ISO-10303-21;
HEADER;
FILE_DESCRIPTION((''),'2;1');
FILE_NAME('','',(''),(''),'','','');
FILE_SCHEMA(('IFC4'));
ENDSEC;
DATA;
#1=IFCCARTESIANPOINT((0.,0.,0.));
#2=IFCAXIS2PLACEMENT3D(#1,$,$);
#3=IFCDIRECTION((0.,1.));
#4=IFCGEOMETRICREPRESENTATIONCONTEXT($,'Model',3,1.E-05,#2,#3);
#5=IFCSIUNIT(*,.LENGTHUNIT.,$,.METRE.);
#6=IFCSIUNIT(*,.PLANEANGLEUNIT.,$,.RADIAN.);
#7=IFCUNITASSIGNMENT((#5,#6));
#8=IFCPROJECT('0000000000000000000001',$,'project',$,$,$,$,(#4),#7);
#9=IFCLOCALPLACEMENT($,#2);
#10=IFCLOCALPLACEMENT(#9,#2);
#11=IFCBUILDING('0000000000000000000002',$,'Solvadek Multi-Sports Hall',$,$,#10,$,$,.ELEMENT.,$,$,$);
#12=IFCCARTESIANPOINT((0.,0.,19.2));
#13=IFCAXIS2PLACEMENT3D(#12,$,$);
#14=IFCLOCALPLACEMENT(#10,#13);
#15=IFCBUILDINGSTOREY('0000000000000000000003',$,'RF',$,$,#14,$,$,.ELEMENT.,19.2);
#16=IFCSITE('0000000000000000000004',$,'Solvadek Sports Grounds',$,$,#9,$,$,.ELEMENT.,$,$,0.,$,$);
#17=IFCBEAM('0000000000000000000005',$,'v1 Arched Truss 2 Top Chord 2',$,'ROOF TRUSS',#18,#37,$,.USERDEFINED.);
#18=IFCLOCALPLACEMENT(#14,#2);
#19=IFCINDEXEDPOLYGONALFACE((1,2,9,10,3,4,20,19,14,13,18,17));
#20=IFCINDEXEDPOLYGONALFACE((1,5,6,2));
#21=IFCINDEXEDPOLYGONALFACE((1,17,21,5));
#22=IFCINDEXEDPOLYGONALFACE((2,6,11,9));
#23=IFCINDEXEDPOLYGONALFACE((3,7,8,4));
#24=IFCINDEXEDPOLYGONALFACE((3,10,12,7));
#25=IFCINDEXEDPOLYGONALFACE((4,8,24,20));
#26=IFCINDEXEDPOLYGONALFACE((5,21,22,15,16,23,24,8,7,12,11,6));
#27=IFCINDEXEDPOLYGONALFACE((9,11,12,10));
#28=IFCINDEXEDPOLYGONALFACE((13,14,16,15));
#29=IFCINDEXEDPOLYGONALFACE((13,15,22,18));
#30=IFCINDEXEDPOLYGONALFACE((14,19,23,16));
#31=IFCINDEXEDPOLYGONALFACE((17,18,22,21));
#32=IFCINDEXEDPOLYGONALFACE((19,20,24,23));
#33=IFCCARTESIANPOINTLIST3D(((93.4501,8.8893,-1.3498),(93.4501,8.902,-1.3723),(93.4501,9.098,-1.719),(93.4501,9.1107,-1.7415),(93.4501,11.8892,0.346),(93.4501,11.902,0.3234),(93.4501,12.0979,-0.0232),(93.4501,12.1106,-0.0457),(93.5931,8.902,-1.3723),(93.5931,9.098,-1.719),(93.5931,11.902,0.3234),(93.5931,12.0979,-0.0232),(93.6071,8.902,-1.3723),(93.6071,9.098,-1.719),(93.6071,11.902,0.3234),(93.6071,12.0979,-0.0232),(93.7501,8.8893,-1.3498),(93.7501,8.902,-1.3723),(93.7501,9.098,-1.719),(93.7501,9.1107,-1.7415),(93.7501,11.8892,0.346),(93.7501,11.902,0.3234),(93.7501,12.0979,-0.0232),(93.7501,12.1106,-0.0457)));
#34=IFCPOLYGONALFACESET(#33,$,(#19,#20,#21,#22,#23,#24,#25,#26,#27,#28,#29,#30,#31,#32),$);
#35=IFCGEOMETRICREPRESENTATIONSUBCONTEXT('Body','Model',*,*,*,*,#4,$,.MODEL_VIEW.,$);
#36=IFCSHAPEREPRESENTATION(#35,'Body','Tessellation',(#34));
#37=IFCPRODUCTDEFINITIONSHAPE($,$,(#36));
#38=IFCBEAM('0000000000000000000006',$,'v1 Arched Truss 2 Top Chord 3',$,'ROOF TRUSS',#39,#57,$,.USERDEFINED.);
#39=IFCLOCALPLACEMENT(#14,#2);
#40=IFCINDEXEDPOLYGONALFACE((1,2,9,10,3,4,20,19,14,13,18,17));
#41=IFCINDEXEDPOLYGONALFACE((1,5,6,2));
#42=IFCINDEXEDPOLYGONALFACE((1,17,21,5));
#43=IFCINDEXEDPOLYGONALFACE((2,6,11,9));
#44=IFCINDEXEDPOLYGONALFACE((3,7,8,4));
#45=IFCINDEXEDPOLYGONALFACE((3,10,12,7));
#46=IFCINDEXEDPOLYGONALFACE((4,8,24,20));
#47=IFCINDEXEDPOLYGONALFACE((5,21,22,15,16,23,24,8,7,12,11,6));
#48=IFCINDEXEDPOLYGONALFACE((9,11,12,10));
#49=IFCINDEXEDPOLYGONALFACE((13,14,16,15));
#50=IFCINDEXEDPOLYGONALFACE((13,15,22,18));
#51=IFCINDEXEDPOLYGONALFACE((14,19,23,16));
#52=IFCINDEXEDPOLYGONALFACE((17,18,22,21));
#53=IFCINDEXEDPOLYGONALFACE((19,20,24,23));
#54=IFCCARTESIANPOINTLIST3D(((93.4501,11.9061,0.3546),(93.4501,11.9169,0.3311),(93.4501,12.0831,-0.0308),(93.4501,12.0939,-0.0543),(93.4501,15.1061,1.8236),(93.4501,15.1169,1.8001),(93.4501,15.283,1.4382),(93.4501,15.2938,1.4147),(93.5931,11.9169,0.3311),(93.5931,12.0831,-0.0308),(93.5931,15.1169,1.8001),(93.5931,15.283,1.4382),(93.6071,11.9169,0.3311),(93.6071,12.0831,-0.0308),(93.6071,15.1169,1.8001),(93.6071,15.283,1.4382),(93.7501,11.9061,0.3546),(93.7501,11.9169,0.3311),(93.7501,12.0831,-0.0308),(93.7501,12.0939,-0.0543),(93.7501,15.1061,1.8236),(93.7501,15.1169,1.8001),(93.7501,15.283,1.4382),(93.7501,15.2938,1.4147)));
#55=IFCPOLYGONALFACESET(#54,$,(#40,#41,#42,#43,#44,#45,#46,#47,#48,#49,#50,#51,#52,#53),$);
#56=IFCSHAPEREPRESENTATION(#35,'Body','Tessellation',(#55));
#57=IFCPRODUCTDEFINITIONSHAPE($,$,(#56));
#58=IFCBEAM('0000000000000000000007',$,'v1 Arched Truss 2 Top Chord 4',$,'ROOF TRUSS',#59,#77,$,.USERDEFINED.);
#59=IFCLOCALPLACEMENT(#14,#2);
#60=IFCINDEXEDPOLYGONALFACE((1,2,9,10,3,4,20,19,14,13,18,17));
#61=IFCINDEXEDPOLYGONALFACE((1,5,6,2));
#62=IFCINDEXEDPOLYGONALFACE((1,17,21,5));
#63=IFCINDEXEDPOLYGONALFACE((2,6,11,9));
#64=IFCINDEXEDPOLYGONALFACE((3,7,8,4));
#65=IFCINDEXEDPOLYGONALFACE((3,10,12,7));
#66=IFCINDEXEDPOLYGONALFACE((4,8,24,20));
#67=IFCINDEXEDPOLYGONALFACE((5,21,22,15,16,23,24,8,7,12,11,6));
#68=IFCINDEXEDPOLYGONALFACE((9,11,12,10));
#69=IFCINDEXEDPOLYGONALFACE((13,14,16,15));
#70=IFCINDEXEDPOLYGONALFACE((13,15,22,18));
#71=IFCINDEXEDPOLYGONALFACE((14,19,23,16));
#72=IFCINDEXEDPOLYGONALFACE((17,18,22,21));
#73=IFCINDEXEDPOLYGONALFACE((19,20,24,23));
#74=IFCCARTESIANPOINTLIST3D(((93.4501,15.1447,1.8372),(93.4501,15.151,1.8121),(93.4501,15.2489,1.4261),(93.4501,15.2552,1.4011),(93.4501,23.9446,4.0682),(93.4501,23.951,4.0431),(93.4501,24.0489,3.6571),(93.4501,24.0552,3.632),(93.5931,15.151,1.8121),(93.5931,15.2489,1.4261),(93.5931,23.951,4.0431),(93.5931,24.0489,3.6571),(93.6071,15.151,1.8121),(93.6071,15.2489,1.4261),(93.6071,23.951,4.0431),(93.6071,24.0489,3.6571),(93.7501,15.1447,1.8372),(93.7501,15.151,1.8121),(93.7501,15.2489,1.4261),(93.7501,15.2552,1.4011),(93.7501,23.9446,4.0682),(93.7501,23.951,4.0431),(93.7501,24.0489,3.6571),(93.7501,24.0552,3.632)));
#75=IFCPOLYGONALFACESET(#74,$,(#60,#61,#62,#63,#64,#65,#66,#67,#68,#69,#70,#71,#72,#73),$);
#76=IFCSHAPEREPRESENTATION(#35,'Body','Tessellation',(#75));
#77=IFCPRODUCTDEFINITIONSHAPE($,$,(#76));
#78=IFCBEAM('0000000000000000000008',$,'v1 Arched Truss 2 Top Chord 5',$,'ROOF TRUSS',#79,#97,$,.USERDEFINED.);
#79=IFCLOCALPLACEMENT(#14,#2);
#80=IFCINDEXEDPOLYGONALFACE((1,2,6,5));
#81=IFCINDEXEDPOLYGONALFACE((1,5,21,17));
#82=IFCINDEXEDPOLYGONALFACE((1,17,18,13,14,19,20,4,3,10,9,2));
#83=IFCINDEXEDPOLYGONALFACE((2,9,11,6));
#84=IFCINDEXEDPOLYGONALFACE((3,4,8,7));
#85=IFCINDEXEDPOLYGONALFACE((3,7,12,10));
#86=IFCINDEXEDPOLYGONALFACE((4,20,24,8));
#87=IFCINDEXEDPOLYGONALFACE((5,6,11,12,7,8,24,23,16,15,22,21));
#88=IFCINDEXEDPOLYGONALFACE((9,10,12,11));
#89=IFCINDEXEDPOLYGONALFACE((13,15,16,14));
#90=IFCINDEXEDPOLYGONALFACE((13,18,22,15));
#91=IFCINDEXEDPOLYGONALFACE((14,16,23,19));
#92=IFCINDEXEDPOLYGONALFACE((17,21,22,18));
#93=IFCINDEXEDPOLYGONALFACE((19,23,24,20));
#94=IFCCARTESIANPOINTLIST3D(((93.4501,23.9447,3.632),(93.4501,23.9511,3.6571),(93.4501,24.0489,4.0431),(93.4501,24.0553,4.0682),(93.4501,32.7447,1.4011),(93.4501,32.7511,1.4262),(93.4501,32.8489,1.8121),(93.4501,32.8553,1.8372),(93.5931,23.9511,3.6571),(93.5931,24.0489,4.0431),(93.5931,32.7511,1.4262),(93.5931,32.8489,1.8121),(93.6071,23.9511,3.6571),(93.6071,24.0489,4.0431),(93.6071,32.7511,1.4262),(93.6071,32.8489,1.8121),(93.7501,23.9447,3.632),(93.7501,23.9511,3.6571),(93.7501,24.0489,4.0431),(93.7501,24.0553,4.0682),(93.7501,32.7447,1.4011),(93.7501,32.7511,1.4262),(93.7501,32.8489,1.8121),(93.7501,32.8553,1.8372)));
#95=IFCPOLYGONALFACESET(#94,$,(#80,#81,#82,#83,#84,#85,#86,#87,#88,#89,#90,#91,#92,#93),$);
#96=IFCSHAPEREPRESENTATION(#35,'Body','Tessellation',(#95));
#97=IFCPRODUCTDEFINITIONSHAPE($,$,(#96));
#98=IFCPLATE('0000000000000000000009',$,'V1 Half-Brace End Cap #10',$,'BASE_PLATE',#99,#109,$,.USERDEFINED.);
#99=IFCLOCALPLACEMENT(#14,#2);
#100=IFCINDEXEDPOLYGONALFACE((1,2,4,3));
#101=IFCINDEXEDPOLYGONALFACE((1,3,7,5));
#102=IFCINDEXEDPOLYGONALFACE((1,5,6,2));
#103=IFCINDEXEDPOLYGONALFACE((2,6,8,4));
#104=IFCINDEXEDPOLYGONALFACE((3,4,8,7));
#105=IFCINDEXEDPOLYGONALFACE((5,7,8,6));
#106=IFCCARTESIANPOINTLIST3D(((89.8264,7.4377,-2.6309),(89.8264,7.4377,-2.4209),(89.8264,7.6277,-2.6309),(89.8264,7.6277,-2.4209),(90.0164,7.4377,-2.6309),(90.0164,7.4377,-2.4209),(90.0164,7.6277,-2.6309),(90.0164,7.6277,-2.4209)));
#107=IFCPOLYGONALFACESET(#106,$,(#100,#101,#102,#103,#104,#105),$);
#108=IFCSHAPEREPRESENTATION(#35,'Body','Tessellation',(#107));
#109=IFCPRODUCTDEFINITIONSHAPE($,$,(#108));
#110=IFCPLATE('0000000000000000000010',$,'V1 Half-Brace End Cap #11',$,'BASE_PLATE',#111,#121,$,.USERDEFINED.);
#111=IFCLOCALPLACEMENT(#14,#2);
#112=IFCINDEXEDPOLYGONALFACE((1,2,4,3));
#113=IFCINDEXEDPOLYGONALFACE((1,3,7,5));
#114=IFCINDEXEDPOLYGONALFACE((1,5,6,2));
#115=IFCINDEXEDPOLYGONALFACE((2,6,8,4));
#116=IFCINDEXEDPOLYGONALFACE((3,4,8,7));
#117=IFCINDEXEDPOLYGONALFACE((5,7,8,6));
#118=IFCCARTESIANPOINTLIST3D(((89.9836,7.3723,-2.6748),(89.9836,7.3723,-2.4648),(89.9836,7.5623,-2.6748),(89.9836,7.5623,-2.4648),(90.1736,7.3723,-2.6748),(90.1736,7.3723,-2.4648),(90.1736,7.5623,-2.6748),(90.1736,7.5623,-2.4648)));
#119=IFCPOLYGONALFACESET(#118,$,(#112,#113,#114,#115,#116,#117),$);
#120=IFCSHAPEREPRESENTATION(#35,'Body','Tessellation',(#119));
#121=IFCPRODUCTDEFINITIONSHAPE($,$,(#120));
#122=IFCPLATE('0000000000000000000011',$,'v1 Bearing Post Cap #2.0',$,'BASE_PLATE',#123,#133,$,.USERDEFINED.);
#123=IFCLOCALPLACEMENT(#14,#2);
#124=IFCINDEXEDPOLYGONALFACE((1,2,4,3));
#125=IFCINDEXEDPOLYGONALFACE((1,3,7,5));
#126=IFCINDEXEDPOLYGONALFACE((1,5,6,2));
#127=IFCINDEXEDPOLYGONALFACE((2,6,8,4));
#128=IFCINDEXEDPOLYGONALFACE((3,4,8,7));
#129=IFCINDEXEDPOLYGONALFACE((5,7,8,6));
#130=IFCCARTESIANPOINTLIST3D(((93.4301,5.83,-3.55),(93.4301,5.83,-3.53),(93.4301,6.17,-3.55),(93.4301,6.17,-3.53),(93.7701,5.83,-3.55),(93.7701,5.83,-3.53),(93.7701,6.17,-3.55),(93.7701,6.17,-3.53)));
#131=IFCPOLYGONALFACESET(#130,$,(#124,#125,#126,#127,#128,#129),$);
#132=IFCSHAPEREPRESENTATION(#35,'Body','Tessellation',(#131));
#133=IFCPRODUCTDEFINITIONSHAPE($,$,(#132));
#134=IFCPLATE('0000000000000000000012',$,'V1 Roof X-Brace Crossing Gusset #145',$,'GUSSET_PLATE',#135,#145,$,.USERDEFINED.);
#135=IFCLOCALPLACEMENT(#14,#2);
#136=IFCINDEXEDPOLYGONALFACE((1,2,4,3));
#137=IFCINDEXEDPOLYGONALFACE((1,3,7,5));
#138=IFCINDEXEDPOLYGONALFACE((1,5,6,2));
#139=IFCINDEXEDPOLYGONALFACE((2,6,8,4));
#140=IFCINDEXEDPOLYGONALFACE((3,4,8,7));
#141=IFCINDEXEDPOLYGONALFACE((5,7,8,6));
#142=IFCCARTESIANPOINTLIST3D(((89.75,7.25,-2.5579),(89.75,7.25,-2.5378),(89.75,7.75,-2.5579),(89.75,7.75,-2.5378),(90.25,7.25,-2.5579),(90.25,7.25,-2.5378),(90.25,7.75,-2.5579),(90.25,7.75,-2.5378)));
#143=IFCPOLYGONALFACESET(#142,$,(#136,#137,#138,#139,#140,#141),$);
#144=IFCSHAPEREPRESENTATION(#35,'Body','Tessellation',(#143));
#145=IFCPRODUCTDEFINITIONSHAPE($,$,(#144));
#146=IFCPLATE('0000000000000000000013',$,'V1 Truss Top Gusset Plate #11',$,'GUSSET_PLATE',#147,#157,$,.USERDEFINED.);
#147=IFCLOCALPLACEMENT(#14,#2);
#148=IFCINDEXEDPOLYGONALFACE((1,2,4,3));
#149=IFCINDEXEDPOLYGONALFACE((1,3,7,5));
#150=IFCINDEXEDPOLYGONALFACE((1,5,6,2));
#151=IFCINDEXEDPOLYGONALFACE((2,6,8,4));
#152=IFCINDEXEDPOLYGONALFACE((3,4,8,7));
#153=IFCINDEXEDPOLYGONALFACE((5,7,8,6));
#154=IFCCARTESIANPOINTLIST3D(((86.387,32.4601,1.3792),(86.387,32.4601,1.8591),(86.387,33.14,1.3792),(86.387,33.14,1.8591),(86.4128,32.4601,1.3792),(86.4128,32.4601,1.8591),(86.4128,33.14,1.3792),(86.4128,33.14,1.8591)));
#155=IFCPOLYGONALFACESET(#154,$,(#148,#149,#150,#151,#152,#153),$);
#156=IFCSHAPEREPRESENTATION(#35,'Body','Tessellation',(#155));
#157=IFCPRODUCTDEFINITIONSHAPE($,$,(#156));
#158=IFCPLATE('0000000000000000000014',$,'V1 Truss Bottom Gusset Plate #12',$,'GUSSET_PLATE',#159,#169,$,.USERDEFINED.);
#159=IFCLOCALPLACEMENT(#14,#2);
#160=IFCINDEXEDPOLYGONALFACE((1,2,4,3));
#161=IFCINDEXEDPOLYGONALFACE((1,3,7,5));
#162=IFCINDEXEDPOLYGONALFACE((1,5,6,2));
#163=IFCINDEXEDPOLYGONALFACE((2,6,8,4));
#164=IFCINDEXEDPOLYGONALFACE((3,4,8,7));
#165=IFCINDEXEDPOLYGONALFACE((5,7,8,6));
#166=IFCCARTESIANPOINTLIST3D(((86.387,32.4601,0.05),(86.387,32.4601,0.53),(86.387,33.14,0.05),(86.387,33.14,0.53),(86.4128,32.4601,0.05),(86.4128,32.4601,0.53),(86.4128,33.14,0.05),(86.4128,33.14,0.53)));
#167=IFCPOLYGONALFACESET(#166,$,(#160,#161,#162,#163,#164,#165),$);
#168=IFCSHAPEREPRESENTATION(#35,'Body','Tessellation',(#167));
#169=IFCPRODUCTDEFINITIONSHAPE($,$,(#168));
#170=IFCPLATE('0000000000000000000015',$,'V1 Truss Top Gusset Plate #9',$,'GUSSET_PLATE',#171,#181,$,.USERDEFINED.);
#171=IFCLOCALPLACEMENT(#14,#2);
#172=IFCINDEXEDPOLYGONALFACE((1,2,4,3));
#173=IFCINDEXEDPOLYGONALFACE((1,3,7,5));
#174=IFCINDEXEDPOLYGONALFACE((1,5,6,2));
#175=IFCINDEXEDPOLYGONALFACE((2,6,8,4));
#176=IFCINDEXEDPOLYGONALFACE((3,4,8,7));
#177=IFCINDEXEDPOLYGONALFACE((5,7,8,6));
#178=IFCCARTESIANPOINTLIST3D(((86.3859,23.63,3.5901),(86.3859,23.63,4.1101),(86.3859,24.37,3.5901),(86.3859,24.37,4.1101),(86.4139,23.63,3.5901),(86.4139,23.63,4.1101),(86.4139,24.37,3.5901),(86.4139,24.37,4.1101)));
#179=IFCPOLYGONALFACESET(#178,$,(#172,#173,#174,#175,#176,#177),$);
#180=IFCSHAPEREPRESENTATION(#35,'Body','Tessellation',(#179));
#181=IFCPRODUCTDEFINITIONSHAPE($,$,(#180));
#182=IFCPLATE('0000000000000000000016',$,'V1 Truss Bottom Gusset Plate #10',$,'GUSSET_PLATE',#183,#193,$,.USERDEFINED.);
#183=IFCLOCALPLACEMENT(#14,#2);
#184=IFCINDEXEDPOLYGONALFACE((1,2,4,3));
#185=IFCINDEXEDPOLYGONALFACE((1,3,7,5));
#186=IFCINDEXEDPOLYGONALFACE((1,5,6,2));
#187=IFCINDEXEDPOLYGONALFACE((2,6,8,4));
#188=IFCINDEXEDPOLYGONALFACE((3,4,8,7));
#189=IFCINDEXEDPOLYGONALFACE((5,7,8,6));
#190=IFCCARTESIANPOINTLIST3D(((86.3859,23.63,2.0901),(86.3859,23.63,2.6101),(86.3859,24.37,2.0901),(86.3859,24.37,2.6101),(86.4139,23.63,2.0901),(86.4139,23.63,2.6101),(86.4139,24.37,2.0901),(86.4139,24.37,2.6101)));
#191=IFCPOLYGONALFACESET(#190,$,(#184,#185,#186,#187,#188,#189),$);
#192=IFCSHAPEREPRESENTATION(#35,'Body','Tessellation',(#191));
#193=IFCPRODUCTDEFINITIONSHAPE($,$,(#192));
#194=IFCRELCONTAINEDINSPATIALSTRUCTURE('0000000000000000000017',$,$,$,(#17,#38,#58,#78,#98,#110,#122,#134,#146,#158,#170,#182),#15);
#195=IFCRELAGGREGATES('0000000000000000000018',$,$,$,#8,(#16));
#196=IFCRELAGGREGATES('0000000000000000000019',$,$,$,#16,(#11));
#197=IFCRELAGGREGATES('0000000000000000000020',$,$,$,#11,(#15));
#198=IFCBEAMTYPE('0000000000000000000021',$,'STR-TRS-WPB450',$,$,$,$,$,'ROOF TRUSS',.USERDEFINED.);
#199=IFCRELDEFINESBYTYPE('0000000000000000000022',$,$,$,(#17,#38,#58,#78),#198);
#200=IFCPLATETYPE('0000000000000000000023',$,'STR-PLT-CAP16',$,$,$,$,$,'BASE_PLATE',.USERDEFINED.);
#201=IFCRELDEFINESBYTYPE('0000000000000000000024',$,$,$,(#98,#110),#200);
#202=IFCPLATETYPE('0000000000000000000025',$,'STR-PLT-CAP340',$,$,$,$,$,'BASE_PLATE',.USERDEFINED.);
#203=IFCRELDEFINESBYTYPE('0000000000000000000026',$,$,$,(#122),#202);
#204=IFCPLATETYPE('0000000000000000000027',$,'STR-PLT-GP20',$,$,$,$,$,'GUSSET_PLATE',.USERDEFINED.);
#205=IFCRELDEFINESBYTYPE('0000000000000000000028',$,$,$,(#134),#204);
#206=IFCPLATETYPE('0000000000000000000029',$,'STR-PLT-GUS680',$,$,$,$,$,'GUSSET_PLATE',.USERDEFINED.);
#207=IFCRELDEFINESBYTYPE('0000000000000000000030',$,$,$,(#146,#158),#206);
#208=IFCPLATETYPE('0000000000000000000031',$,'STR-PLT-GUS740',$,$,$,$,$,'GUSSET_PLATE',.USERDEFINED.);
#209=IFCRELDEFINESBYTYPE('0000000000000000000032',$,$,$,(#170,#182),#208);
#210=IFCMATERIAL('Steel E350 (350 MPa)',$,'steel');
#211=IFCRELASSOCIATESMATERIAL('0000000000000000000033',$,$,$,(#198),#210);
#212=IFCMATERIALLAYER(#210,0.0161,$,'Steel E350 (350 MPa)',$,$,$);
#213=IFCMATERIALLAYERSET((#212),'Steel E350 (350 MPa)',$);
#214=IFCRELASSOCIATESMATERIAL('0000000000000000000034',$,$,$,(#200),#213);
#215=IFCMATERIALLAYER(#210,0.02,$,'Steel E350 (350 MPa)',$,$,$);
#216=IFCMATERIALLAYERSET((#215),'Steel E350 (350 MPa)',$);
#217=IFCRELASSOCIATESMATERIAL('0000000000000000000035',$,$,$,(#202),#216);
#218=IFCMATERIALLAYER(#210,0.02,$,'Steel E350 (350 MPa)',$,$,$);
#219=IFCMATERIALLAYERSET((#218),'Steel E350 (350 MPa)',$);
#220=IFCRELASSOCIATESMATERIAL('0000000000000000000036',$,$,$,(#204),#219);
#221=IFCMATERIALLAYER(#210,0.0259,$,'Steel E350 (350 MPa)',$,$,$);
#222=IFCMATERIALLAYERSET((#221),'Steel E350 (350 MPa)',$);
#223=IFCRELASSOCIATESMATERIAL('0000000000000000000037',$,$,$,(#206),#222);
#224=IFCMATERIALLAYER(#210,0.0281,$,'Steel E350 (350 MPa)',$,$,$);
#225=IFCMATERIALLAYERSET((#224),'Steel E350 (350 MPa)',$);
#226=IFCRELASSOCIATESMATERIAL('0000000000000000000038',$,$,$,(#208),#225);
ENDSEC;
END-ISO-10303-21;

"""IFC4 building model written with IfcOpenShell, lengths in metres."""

from ifc_helpers import new_model, si_unit, direction, frame, origin, origin_2d, place, context, subcontext, project, spatial, rectangle, i_section, extrude, material, layer, layer_set, material_profile, profile_set, type_object, element, save


model = new_model("IFC4")

# Units and contexts
model_context = context("Model", 3, precision=1e-05, world=origin(), true_north=direction((0.0, 1.0)))
body_context = subcontext(model_context, "Body", "Model", "MODEL_VIEW")
ifc_project = project(units=[si_unit("LENGTHUNIT", "METRE"), si_unit("PLANEANGLEUNIT", "RADIAN")], contexts=[model_context])

# Site, building, storey
site_placement = place(None, origin())
site = spatial("IfcSite", under=ifc_project, at=site_placement, Name="Solvadek Sports Grounds", CompositionType="ELEMENT", RefElevation=0.0)
building_placement = place(site_placement, origin())
building = spatial("IfcBuilding", under=site, at=building_placement, Name="Solvadek Multi-Sports Hall", CompositionType="ELEMENT")
storey_placement = place(building_placement, frame((0.0, 0.0, 19.2)))
storey = spatial("IfcBuildingStorey", under=building, at=storey_placement, Name="RF", CompositionType="ELEMENT", Elevation=19.2)

# Shared definitions
ifc_material_1 = material(Name="Steel E350 (350 MPa)", Category="steel")

# Beams
ifc_material_profile_1 = material_profile(ifc_material_1, i_section(OverallWidth=0.3, OverallDepth=0.45, WebThickness=0.0139, FlangeThickness=0.0259, at=origin_2d()), Name="WPB 450")
ifc_profile_set_1 = profile_set([ifc_material_profile_1], Name="Steel E350 (350 MPa)")
beam_type = type_object("IfcBeamType", Name="STR-TRS-WPB450", ElementType="ROOF TRUSS", PredefinedType="USERDEFINED", material=ifc_profile_set_1)
beam_1_placement = place(storey_placement, frame((93.6001, 9.0, -1.5457), z_axis=(0.0, 0.870544, 0.49209), x_axis=(-1.0, 0.0, 0.0)))
element("IfcBeam", 1, at=beam_1_placement, inside=storey, type_object=beam_type, Name="v1 Arched Truss 2 Top Chord 2", ObjectType="ROOF TRUSS", PredefinedType="USERDEFINED", context=body_context, shape_type="SweptSolid", body=[
    extrude(i_section(OverallWidth=0.3, OverallDepth=0.45, WebThickness=0.0139, FlangeThickness=0.0259, at=origin_2d()), origin(), (0.0, 0.0, 1.0), 3.446),
])
beam_2_placement = place(storey_placement, frame((93.6001, 12.0, 0.1501), z_axis=(0.0, 0.908812, 0.417206), x_axis=(-1.0, 0.0, 0.0)))
element("IfcBeam", 2, at=beam_2_placement, inside=storey, type_object=beam_type, Name="v1 Arched Truss 2 Top Chord 3", ObjectType="ROOF TRUSS", PredefinedType="USERDEFINED", context=body_context, shape_type="SweptSolid", body=[
    extrude(i_section(OverallWidth=0.3, OverallDepth=0.45, WebThickness=0.0139, FlangeThickness=0.0259, at=origin_2d()), origin(), (0.0, 0.0, 1.0), 3.521),
])
for number, where, z_axis, x_axis, name in (
    (3, (93.6001, 15.2, 1.6191), (0.0, 0.969335, 0.245742), (-1.0, 0.0, 0.0), "v1 Arched Truss 2 Top Chord 4"),
    (4, (93.6001, 24.0, 3.8501), (0.0, 0.969335, -0.245742), (-1.0, 0.0, 0.0), "v1 Arched Truss 2 Top Chord 5"),
):
    element("IfcBeam", number, at=place(storey_placement, frame(where, z_axis=z_axis, x_axis=x_axis)), inside=storey, type_object=beam_type, Name=name, ObjectType="ROOF TRUSS", PredefinedType="USERDEFINED", context=body_context, shape_type="SweptSolid", body=[
        extrude(i_section(OverallWidth=0.3, OverallDepth=0.45, WebThickness=0.0139, FlangeThickness=0.0259, at=origin_2d()), origin(), (0.0, 0.0, 1.0), 9.0784),
    ])

# Plates
ifc_layer_1 = layer(ifc_material_1, 0.0161, Name="Steel E350 (350 MPa)")
ifc_layer_set_1 = layer_set([ifc_layer_1], Name="Steel E350 (350 MPa)")
plate_type_1 = type_object("IfcPlateType", Name="STR-PLT-CAP16", ElementType="BASE_PLATE", PredefinedType="USERDEFINED", material=ifc_layer_set_1)
for number, where, z_axis, x_axis, name in (
    (5, (89.9214, 7.5327, -2.6309), (0.0, 0.0, 1.0), (1.0, 0.0, 0.0), "V1 Half-Brace End Cap #10"),
    (6, (90.0786, 7.4673, -2.6748), (0.0, 0.0, 1.0), (1.0, 0.0, 0.0), "V1 Half-Brace End Cap #11"),
):
    element("IfcPlate", number, at=place(storey_placement, frame(where, z_axis=z_axis, x_axis=x_axis)), inside=storey, type_object=plate_type_1, Name=name, ObjectType="BASE_PLATE", PredefinedType="USERDEFINED", context=body_context, shape_type="SweptSolid", body=[
        extrude(rectangle(XDim=0.1899, YDim=0.1899, at=origin_2d()), origin(), (0.0, 0.0, 1.0), 0.21),
    ])
ifc_layer_2 = layer(ifc_material_1, 0.02, Name="Steel E350 (350 MPa)")
ifc_layer_set_2 = layer_set([ifc_layer_2], Name="Steel E350 (350 MPa)")
plate_type_2 = type_object("IfcPlateType", Name="STR-PLT-CAP340", ElementType="BASE_PLATE", PredefinedType="USERDEFINED", material=ifc_layer_set_2)
plate_1_placement = place(storey_placement, frame((93.6001, 6.0, -3.55), z_axis=(0.0, 0.0, 1.0), x_axis=(1.0, 0.0, 0.0)))
element("IfcPlate", 7, at=plate_1_placement, inside=storey, type_object=plate_type_2, Name="v1 Bearing Post Cap #2.0", ObjectType="BASE_PLATE", PredefinedType="USERDEFINED", context=body_context, shape_type="SweptSolid", body=[
    extrude(rectangle(XDim=0.3401, YDim=0.3401, at=origin_2d()), origin(), (0.0, 0.0, 1.0), 0.02),
])
ifc_layer_3 = layer(ifc_material_1, 0.02, Name="Steel E350 (350 MPa)")
ifc_layer_set_3 = layer_set([ifc_layer_3], Name="Steel E350 (350 MPa)")
plate_type_3 = type_object("IfcPlateType", Name="STR-PLT-GP20", ElementType="GUSSET_PLATE", PredefinedType="USERDEFINED", material=ifc_layer_set_3)
plate_2_placement = place(storey_placement, frame((90.0, 7.5, -2.5579), z_axis=(0.0, 0.0, 1.0), x_axis=(1.0, 0.0, 0.0)))
element("IfcPlate", 8, at=plate_2_placement, inside=storey, type_object=plate_type_3, Name="V1 Roof X-Brace Crossing Gusset #145", ObjectType="GUSSET_PLATE", PredefinedType="USERDEFINED", context=body_context, shape_type="SweptSolid", body=[
    extrude(rectangle(XDim=0.5, YDim=0.5, at=origin_2d()), origin(), (0.0, 0.0, 1.0), 0.02),
])
ifc_layer_4 = layer(ifc_material_1, 0.0259, Name="Steel E350 (350 MPa)")
ifc_layer_set_4 = layer_set([ifc_layer_4], Name="Steel E350 (350 MPa)")
plate_type_4 = type_object("IfcPlateType", Name="STR-PLT-GUS680", ElementType="GUSSET_PLATE", PredefinedType="USERDEFINED", material=ifc_layer_set_4)
for number, where, z_axis, x_axis, name in (
    (9, (86.3999, 32.8, 1.3792), (0.0, 0.0, 1.0), (0.0, 1.0, 0.0), "V1 Truss Top Gusset Plate #11"),
    (10, (86.3999, 32.8, 0.05), (0.0, 0.0, 1.0), (0.0, 1.0, 0.0), "V1 Truss Bottom Gusset Plate #12"),
):
    element("IfcPlate", number, at=place(storey_placement, frame(where, z_axis=z_axis, x_axis=x_axis)), inside=storey, type_object=plate_type_4, Name=name, ObjectType="GUSSET_PLATE", PredefinedType="USERDEFINED", context=body_context, shape_type="SweptSolid", body=[
        extrude(rectangle(XDim=0.6799, YDim=0.0259, at=origin_2d()), origin(), (0.0, 0.0, 1.0), 0.48),
    ])
ifc_layer_5 = layer(ifc_material_1, 0.0281, Name="Steel E350 (350 MPa)")
ifc_layer_set_5 = layer_set([ifc_layer_5], Name="Steel E350 (350 MPa)")
plate_type_5 = type_object("IfcPlateType", Name="STR-PLT-GUS740", ElementType="GUSSET_PLATE", PredefinedType="USERDEFINED", material=ifc_layer_set_5)
for number, where, z_axis, x_axis, name in (
    (11, (86.3999, 24.0, 3.5901), (0.0, 0.0, 1.0), (0.0, 1.0, 0.0), "V1 Truss Top Gusset Plate #9"),
    (12, (86.3999, 24.0, 2.0901), (0.0, 0.0, 1.0), (0.0, 1.0, 0.0), "V1 Truss Bottom Gusset Plate #10"),
):
    element("IfcPlate", number, at=place(storey_placement, frame(where, z_axis=z_axis, x_axis=x_axis)), inside=storey, type_object=plate_type_5, Name=name, ObjectType="GUSSET_PLATE", PredefinedType="USERDEFINED", context=body_context, shape_type="SweptSolid", body=[
        extrude(rectangle(XDim=0.74, YDim=0.0281, at=origin_2d()), origin(), (0.0, 0.0, 1.0), 0.52),
    ])

save(model, "model.ifc")
